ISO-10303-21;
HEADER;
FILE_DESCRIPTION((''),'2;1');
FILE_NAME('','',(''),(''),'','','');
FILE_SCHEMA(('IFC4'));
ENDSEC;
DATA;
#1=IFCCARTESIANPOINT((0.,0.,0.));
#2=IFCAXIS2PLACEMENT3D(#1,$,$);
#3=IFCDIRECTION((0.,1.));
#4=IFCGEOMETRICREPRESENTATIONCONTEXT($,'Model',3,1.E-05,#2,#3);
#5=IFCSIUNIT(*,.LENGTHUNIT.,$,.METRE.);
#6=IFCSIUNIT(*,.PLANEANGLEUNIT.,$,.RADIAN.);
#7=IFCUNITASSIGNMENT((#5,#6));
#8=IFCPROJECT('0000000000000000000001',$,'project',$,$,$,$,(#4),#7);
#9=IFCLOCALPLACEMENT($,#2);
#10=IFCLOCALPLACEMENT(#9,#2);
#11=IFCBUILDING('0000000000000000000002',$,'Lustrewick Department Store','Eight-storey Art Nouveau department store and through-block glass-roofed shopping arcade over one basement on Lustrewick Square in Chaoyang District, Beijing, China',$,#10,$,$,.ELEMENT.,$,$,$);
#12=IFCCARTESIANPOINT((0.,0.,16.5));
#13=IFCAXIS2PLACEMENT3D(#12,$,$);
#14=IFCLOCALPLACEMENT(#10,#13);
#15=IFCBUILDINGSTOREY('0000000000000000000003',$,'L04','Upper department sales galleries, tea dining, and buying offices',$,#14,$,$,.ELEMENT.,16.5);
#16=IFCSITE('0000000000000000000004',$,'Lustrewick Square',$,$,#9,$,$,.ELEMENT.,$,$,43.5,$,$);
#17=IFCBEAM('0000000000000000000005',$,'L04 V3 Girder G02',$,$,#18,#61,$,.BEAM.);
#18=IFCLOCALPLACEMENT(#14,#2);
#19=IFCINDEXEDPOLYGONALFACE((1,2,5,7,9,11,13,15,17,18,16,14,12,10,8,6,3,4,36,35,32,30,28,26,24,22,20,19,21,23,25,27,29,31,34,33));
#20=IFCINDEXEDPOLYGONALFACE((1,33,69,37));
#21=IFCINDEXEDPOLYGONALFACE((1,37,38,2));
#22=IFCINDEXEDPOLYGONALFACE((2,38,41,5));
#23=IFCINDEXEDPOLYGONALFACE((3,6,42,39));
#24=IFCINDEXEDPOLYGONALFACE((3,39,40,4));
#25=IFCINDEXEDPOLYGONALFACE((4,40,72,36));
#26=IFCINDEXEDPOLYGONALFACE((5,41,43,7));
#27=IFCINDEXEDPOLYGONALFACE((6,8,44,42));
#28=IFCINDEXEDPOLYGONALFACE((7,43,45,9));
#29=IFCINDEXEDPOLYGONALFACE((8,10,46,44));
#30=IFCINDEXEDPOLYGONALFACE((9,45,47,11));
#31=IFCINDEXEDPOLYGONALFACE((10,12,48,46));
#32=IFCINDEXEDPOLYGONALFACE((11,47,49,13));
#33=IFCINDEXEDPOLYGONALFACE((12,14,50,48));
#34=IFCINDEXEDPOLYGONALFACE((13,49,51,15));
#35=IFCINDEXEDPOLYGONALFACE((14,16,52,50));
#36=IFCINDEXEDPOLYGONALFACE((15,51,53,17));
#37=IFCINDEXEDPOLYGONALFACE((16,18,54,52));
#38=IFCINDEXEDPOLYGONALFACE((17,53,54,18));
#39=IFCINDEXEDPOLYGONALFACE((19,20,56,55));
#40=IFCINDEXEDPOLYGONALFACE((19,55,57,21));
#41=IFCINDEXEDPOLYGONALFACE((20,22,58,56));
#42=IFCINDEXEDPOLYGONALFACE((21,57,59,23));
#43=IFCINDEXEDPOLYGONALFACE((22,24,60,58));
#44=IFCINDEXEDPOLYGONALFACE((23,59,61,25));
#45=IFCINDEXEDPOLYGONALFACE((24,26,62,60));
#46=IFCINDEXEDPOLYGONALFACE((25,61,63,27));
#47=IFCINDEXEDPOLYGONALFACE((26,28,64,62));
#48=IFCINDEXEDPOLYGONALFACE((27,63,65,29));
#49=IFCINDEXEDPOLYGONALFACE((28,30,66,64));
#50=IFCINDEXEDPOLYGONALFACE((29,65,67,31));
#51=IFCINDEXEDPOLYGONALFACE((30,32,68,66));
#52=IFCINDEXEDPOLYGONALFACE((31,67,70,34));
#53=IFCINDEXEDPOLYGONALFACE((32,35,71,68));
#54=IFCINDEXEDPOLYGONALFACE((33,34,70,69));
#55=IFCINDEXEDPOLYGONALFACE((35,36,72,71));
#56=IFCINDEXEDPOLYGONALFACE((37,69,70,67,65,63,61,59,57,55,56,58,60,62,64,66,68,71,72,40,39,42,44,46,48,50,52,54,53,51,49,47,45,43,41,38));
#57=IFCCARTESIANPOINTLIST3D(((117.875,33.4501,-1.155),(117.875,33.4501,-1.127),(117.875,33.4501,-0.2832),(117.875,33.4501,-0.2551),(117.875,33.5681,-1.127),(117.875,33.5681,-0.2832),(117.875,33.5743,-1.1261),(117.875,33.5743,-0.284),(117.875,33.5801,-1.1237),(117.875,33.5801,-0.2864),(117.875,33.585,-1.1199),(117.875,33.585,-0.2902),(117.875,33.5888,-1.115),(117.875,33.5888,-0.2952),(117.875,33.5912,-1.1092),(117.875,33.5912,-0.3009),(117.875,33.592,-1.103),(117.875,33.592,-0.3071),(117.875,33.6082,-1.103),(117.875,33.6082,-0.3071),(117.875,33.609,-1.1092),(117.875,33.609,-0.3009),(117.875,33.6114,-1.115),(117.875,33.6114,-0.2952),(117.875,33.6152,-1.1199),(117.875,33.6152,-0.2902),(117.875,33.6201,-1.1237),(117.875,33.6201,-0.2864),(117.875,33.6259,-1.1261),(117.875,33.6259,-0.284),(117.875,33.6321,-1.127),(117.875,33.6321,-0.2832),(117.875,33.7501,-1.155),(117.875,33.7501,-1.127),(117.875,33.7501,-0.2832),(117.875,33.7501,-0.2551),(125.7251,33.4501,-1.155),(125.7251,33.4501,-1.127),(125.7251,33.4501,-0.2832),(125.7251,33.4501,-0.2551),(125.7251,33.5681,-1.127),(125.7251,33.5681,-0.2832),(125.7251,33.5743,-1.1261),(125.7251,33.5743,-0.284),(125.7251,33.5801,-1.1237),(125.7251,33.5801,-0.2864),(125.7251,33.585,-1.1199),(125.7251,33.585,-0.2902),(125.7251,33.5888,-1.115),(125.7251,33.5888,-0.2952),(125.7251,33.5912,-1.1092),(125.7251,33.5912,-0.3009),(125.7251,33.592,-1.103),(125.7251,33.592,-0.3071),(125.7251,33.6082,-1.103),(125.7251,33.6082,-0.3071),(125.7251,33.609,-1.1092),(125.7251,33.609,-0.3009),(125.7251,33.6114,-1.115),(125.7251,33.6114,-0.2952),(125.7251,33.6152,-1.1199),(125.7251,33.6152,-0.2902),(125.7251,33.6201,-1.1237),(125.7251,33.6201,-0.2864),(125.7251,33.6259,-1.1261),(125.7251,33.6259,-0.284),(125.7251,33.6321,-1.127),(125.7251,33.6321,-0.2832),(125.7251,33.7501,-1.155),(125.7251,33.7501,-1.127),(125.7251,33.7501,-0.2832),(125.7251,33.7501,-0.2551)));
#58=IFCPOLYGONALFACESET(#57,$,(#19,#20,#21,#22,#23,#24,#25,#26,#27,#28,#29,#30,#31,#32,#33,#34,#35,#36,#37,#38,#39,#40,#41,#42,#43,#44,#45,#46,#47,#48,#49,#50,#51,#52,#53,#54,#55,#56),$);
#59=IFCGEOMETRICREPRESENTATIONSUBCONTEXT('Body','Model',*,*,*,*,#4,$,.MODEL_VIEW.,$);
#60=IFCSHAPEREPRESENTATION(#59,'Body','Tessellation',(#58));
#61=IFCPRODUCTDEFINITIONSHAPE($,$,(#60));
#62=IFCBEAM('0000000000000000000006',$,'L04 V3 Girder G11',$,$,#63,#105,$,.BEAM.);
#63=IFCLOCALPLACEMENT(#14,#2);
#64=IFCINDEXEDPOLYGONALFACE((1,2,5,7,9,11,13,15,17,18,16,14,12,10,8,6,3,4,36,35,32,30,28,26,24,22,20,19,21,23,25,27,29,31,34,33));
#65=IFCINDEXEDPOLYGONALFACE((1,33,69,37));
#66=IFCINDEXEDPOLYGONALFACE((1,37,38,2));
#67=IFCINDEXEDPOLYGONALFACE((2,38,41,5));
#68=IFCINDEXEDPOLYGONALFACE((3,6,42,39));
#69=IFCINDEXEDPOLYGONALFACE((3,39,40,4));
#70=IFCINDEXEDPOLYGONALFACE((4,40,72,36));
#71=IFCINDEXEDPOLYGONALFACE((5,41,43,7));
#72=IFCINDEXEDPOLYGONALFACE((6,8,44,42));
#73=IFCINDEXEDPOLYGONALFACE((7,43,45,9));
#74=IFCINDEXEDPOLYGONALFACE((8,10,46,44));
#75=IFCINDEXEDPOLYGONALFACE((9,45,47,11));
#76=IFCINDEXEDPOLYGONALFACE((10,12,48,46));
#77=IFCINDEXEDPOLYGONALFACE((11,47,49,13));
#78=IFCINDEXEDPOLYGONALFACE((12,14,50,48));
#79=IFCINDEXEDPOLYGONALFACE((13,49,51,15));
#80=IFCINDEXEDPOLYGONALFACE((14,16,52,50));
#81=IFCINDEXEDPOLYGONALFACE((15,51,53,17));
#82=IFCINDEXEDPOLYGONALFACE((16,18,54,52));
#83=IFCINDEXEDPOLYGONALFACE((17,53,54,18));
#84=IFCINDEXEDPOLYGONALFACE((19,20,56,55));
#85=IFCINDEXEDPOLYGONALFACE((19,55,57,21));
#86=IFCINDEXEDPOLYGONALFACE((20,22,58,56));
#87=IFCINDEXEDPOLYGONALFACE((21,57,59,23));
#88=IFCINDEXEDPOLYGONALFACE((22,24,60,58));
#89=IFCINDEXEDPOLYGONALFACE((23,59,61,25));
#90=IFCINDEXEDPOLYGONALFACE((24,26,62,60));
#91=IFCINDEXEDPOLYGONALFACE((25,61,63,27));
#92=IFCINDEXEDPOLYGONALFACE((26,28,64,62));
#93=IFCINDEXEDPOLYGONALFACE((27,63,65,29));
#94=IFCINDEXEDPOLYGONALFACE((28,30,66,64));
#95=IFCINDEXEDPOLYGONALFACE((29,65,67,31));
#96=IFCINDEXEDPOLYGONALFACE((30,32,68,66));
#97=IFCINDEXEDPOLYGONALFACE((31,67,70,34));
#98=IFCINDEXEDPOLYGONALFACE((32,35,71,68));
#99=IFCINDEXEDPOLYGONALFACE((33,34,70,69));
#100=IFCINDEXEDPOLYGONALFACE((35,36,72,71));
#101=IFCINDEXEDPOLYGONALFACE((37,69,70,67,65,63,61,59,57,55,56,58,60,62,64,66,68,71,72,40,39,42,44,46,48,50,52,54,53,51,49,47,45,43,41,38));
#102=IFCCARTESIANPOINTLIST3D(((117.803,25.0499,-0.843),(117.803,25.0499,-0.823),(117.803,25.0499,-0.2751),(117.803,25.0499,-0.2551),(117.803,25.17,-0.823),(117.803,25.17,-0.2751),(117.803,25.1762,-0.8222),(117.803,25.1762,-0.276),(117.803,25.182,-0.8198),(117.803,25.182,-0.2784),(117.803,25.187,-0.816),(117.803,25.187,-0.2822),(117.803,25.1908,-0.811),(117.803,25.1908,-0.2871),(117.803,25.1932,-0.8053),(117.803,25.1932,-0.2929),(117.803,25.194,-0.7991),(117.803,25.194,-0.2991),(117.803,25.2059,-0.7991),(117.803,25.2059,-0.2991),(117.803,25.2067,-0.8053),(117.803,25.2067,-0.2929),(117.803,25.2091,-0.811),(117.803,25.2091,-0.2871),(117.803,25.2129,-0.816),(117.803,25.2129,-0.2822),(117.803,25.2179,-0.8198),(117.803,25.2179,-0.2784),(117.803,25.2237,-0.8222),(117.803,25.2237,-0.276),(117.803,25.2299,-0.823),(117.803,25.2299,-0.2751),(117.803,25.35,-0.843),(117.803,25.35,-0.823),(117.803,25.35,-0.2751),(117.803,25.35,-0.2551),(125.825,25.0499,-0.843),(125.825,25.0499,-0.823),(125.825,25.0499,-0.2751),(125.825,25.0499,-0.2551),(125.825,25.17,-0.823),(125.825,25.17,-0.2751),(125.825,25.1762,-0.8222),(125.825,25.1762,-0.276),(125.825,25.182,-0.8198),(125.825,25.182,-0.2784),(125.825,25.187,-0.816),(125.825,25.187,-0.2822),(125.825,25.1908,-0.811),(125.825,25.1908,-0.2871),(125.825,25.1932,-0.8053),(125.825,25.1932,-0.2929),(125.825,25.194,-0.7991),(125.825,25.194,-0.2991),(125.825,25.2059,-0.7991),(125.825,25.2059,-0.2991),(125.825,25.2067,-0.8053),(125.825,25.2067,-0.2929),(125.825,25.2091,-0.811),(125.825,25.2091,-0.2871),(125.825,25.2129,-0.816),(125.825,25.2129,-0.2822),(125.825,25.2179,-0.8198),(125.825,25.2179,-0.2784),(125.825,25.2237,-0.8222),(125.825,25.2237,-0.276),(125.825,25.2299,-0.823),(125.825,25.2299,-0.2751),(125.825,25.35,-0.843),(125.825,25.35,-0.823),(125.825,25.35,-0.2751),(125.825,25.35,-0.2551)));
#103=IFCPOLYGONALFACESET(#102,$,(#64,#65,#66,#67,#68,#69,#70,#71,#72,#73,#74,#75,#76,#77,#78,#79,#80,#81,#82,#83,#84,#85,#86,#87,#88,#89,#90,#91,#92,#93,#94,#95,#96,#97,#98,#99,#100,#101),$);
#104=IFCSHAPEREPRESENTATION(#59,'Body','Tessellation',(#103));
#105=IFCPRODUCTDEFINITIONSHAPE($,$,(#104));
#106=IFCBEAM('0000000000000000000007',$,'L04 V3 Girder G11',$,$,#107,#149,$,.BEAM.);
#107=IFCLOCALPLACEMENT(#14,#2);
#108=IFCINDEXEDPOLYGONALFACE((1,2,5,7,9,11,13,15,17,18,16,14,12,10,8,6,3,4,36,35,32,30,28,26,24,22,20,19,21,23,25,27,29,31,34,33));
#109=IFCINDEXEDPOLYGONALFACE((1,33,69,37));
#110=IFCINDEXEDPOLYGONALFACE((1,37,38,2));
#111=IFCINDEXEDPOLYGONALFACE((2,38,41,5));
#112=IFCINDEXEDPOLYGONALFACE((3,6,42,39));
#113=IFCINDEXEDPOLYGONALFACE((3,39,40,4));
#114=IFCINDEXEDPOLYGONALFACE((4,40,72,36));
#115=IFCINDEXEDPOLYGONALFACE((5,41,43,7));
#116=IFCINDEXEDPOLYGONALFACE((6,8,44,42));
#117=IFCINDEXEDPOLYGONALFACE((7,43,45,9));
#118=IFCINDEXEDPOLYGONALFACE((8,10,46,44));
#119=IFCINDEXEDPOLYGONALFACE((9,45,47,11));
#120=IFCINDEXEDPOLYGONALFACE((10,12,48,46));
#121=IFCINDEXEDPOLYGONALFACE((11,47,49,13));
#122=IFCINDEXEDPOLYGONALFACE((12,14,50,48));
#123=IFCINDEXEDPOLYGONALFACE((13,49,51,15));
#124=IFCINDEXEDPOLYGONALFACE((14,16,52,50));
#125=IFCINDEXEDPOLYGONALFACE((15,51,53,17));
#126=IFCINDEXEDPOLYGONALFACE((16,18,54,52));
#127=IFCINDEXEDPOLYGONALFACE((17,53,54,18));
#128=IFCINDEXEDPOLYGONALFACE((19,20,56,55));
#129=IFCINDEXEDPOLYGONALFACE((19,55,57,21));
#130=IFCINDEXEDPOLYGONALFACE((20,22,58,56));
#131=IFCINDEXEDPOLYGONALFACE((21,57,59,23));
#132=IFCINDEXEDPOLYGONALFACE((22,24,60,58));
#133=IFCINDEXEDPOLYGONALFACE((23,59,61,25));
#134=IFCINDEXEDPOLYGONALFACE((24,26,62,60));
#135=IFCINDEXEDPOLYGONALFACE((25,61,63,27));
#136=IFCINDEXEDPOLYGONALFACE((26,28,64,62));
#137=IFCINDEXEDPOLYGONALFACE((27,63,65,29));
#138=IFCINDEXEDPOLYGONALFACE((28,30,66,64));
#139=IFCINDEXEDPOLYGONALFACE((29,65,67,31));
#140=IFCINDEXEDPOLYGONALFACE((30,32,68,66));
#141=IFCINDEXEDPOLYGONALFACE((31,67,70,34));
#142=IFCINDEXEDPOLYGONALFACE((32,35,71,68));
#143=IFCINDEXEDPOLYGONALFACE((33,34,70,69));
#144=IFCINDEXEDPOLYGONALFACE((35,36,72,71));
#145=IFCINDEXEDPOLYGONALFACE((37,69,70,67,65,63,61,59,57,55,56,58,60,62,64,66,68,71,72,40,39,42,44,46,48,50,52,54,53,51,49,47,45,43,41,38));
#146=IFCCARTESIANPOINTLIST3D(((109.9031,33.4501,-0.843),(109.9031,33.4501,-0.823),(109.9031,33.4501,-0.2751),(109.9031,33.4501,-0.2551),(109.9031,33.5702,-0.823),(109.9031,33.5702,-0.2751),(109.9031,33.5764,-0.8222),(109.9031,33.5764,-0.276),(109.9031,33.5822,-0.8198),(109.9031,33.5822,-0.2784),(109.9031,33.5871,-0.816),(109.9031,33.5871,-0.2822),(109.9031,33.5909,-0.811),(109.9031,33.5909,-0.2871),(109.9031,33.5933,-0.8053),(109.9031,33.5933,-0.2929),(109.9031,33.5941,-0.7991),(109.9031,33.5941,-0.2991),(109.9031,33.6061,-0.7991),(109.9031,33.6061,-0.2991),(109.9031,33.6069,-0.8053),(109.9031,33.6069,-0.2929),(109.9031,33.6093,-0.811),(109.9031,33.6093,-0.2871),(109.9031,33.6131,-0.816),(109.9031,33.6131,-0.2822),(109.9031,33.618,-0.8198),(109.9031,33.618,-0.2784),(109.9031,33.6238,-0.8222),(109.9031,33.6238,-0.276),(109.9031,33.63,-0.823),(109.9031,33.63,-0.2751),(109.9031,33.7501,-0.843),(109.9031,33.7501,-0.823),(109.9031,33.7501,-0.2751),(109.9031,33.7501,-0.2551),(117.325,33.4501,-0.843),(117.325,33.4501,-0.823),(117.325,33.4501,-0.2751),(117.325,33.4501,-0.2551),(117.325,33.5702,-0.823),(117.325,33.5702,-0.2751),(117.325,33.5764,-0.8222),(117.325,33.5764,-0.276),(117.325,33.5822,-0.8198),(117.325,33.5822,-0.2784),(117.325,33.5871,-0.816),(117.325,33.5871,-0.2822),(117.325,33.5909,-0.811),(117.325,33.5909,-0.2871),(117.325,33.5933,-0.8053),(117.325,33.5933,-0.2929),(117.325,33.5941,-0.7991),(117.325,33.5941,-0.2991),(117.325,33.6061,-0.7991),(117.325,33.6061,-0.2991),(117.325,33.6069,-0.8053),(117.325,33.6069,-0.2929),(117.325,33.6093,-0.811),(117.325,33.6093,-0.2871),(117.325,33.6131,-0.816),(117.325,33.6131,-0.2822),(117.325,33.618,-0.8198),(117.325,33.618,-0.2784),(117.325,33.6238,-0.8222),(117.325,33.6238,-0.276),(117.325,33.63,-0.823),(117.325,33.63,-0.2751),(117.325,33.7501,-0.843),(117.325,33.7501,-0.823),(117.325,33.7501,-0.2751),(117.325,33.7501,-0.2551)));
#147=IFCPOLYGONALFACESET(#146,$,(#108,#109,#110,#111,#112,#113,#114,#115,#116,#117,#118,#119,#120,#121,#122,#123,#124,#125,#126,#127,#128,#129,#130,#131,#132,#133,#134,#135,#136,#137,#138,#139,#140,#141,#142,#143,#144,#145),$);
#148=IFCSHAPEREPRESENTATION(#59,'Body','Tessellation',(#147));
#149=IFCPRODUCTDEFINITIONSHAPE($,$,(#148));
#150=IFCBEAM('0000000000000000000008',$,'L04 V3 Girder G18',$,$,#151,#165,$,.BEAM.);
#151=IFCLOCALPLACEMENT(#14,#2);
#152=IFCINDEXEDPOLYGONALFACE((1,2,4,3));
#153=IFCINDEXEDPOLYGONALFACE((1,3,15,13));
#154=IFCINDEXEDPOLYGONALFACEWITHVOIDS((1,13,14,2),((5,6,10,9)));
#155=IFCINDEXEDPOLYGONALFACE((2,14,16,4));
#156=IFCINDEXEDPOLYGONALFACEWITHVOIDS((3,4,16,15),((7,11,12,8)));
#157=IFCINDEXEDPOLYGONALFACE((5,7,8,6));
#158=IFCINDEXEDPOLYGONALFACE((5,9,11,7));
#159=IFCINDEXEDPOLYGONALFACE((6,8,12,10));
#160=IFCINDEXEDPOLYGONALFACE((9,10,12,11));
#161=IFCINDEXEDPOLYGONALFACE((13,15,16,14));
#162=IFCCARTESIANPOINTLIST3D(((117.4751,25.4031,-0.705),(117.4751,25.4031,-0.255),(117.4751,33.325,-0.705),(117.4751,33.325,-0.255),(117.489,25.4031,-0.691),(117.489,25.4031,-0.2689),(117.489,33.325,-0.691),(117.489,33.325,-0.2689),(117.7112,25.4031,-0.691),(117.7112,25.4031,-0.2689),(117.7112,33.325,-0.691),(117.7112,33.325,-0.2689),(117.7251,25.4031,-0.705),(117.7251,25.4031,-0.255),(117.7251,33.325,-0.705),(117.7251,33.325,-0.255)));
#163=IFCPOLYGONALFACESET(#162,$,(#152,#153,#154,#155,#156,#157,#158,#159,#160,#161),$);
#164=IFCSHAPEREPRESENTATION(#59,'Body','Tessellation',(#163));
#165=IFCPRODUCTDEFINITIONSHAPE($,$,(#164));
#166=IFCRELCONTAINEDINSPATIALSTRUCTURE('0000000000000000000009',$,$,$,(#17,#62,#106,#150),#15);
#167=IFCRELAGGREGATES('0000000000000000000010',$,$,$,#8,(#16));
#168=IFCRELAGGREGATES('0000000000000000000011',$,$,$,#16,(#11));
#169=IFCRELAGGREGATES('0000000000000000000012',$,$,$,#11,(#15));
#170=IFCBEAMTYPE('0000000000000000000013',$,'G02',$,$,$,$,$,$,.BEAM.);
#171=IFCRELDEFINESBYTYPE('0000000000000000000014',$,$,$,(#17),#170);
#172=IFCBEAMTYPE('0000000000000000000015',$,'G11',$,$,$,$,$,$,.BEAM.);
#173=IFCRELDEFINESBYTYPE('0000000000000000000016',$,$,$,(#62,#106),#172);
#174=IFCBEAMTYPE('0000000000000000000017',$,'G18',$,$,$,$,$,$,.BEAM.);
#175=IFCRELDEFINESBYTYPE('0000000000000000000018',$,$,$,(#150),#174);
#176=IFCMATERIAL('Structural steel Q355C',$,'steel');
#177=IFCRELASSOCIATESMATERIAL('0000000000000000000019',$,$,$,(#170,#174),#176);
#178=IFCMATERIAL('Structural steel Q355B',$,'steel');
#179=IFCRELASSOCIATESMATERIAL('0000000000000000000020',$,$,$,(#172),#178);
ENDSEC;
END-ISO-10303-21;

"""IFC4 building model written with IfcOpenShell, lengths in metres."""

from ifc_helpers import new_model, si_unit, direction, frame, origin, origin_2d, place, context, subcontext, project, spatial, hollow_rectangle, i_section, extrude, material, material_profile, profile_set, type_object, element, save


model = new_model("IFC4")

# Units and contexts
model_context = context("Model", 3, precision=1e-05, world=origin(), true_north=direction((0.0, 1.0)))
body_context = subcontext(model_context, "Body", "Model", "MODEL_VIEW")
ifc_project = project(units=[si_unit("LENGTHUNIT", "METRE"), si_unit("PLANEANGLEUNIT", "RADIAN")], contexts=[model_context])

# Site, building, storey
site_placement = place(None, origin())
site = spatial("IfcSite", under=ifc_project, at=site_placement, Name="Lustrewick Square", CompositionType="ELEMENT", RefElevation=43.5)
building_placement = place(site_placement, origin())
building = spatial("IfcBuilding", under=site, at=building_placement, Name="Lustrewick Department Store", Description="Eight-storey Art Nouveau department store and through-block glass-roofed shopping arcade over one basement on Lustrewick Square in Chaoyang District, Beijing, China", CompositionType="ELEMENT")
storey_placement = place(building_placement, frame((0.0, 0.0, 16.5)))
storey = spatial("IfcBuildingStorey", under=building, at=storey_placement, Name="L04", Description="Upper department sales galleries, tea dining, and buying offices", CompositionType="ELEMENT", Elevation=16.5)

# Shared definitions
ifc_material_1 = material(Name="Structural steel Q355C", Category="steel")
ifc_material_2 = material(Name="Structural steel Q355B", Category="steel")

# Beams
ifc_material_profile_1 = material_profile(ifc_material_1, i_section(OverallWidth=0.3, OverallDepth=0.8999, WebThickness=0.0161, FlangeThickness=0.0281, FilletRadius=0.0239, at=origin_2d()), Name="HN 900x300x16x28")
ifc_profile_set_1 = profile_set([ifc_material_profile_1], Name="Structural steel Q355C")
beam_type_1 = type_object("IfcBeamType", Name="G02", PredefinedType="BEAM", material=ifc_profile_set_1)
beam_1_placement = place(storey_placement, frame((117.875, 33.6001, -0.7051), z_axis=(1.0, 0.0, 0.0), x_axis=(0.0, 1.0, 0.0)))
element("IfcBeam", 1, at=beam_1_placement, inside=storey, type_object=beam_type_1, Name="L04 V3 Girder G02", PredefinedType="BEAM", context=body_context, shape_type="SweptSolid", body=[
    extrude(i_section(OverallWidth=0.3, OverallDepth=0.8999, WebThickness=0.0161, FlangeThickness=0.0281, FilletRadius=0.0239, at=origin_2d()), origin(), (0.0, 0.0, 1.0), 7.8501),
])
ifc_material_profile_2 = material_profile(ifc_material_2, i_section(OverallWidth=0.3, OverallDepth=0.5879, WebThickness=0.012, FlangeThickness=0.02, FilletRadius=0.0239, at=origin_2d()), Name="HM 588x300x12x20")
ifc_profile_set_2 = profile_set([ifc_material_profile_2], Name="Structural steel Q355B")
beam_type_2 = type_object("IfcBeamType", Name="G11", PredefinedType="BEAM", material=ifc_profile_set_2)
beam_2_placement = place(storey_placement, frame((117.803, 25.2, -0.5491), z_axis=(1.0, 0.0, 0.0), x_axis=(0.0, 1.0, 0.0)))
element("IfcBeam", 2, at=beam_2_placement, inside=storey, type_object=beam_type_2, Name="L04 V3 Girder G11", PredefinedType="BEAM", context=body_context, shape_type="SweptSolid", body=[
    extrude(i_section(OverallWidth=0.3, OverallDepth=0.5879, WebThickness=0.012, FlangeThickness=0.02, FilletRadius=0.0239, at=origin_2d()), origin(), (0.0, 0.0, 1.0), 8.022),
])
beam_3_placement = place(storey_placement, frame((109.9031, 33.6001, -0.5491), z_axis=(1.0, 0.0, 0.0), x_axis=(0.0, 1.0, 0.0)))
element("IfcBeam", 3, at=beam_3_placement, inside=storey, type_object=beam_type_2, Name="L04 V3 Girder G11", PredefinedType="BEAM", context=body_context, shape_type="SweptSolid", body=[
    extrude(i_section(OverallWidth=0.3, OverallDepth=0.5879, WebThickness=0.012, FlangeThickness=0.02, FilletRadius=0.0239, at=origin_2d()), origin(), (0.0, 0.0, 1.0), 7.4219),
])
ifc_material_profile_3 = material_profile(ifc_material_1, hollow_rectangle(XDim=0.25, YDim=0.45, WallThickness=0.0139, at=origin_2d()), Name="RHS 450x250x14")
ifc_profile_set_3 = profile_set([ifc_material_profile_3], Name="Structural steel Q355C")
beam_type_3 = type_object("IfcBeamType", Name="G18", PredefinedType="BEAM", material=ifc_profile_set_3)
beam_4_placement = place(storey_placement, frame((117.6001, 25.4031, -0.48), z_axis=(0.0, 1.0, 0.0), x_axis=(-1.0, 0.0, 0.0)))
element("IfcBeam", 4, at=beam_4_placement, inside=storey, type_object=beam_type_3, Name="L04 V3 Girder G18", PredefinedType="BEAM", context=body_context, shape_type="SweptSolid", body=[
    extrude(hollow_rectangle(XDim=0.25, YDim=0.45, WallThickness=0.0139, at=origin_2d()), origin(), (0.0, 0.0, 1.0), 7.9219),
])

save(model, "model.ifc")
